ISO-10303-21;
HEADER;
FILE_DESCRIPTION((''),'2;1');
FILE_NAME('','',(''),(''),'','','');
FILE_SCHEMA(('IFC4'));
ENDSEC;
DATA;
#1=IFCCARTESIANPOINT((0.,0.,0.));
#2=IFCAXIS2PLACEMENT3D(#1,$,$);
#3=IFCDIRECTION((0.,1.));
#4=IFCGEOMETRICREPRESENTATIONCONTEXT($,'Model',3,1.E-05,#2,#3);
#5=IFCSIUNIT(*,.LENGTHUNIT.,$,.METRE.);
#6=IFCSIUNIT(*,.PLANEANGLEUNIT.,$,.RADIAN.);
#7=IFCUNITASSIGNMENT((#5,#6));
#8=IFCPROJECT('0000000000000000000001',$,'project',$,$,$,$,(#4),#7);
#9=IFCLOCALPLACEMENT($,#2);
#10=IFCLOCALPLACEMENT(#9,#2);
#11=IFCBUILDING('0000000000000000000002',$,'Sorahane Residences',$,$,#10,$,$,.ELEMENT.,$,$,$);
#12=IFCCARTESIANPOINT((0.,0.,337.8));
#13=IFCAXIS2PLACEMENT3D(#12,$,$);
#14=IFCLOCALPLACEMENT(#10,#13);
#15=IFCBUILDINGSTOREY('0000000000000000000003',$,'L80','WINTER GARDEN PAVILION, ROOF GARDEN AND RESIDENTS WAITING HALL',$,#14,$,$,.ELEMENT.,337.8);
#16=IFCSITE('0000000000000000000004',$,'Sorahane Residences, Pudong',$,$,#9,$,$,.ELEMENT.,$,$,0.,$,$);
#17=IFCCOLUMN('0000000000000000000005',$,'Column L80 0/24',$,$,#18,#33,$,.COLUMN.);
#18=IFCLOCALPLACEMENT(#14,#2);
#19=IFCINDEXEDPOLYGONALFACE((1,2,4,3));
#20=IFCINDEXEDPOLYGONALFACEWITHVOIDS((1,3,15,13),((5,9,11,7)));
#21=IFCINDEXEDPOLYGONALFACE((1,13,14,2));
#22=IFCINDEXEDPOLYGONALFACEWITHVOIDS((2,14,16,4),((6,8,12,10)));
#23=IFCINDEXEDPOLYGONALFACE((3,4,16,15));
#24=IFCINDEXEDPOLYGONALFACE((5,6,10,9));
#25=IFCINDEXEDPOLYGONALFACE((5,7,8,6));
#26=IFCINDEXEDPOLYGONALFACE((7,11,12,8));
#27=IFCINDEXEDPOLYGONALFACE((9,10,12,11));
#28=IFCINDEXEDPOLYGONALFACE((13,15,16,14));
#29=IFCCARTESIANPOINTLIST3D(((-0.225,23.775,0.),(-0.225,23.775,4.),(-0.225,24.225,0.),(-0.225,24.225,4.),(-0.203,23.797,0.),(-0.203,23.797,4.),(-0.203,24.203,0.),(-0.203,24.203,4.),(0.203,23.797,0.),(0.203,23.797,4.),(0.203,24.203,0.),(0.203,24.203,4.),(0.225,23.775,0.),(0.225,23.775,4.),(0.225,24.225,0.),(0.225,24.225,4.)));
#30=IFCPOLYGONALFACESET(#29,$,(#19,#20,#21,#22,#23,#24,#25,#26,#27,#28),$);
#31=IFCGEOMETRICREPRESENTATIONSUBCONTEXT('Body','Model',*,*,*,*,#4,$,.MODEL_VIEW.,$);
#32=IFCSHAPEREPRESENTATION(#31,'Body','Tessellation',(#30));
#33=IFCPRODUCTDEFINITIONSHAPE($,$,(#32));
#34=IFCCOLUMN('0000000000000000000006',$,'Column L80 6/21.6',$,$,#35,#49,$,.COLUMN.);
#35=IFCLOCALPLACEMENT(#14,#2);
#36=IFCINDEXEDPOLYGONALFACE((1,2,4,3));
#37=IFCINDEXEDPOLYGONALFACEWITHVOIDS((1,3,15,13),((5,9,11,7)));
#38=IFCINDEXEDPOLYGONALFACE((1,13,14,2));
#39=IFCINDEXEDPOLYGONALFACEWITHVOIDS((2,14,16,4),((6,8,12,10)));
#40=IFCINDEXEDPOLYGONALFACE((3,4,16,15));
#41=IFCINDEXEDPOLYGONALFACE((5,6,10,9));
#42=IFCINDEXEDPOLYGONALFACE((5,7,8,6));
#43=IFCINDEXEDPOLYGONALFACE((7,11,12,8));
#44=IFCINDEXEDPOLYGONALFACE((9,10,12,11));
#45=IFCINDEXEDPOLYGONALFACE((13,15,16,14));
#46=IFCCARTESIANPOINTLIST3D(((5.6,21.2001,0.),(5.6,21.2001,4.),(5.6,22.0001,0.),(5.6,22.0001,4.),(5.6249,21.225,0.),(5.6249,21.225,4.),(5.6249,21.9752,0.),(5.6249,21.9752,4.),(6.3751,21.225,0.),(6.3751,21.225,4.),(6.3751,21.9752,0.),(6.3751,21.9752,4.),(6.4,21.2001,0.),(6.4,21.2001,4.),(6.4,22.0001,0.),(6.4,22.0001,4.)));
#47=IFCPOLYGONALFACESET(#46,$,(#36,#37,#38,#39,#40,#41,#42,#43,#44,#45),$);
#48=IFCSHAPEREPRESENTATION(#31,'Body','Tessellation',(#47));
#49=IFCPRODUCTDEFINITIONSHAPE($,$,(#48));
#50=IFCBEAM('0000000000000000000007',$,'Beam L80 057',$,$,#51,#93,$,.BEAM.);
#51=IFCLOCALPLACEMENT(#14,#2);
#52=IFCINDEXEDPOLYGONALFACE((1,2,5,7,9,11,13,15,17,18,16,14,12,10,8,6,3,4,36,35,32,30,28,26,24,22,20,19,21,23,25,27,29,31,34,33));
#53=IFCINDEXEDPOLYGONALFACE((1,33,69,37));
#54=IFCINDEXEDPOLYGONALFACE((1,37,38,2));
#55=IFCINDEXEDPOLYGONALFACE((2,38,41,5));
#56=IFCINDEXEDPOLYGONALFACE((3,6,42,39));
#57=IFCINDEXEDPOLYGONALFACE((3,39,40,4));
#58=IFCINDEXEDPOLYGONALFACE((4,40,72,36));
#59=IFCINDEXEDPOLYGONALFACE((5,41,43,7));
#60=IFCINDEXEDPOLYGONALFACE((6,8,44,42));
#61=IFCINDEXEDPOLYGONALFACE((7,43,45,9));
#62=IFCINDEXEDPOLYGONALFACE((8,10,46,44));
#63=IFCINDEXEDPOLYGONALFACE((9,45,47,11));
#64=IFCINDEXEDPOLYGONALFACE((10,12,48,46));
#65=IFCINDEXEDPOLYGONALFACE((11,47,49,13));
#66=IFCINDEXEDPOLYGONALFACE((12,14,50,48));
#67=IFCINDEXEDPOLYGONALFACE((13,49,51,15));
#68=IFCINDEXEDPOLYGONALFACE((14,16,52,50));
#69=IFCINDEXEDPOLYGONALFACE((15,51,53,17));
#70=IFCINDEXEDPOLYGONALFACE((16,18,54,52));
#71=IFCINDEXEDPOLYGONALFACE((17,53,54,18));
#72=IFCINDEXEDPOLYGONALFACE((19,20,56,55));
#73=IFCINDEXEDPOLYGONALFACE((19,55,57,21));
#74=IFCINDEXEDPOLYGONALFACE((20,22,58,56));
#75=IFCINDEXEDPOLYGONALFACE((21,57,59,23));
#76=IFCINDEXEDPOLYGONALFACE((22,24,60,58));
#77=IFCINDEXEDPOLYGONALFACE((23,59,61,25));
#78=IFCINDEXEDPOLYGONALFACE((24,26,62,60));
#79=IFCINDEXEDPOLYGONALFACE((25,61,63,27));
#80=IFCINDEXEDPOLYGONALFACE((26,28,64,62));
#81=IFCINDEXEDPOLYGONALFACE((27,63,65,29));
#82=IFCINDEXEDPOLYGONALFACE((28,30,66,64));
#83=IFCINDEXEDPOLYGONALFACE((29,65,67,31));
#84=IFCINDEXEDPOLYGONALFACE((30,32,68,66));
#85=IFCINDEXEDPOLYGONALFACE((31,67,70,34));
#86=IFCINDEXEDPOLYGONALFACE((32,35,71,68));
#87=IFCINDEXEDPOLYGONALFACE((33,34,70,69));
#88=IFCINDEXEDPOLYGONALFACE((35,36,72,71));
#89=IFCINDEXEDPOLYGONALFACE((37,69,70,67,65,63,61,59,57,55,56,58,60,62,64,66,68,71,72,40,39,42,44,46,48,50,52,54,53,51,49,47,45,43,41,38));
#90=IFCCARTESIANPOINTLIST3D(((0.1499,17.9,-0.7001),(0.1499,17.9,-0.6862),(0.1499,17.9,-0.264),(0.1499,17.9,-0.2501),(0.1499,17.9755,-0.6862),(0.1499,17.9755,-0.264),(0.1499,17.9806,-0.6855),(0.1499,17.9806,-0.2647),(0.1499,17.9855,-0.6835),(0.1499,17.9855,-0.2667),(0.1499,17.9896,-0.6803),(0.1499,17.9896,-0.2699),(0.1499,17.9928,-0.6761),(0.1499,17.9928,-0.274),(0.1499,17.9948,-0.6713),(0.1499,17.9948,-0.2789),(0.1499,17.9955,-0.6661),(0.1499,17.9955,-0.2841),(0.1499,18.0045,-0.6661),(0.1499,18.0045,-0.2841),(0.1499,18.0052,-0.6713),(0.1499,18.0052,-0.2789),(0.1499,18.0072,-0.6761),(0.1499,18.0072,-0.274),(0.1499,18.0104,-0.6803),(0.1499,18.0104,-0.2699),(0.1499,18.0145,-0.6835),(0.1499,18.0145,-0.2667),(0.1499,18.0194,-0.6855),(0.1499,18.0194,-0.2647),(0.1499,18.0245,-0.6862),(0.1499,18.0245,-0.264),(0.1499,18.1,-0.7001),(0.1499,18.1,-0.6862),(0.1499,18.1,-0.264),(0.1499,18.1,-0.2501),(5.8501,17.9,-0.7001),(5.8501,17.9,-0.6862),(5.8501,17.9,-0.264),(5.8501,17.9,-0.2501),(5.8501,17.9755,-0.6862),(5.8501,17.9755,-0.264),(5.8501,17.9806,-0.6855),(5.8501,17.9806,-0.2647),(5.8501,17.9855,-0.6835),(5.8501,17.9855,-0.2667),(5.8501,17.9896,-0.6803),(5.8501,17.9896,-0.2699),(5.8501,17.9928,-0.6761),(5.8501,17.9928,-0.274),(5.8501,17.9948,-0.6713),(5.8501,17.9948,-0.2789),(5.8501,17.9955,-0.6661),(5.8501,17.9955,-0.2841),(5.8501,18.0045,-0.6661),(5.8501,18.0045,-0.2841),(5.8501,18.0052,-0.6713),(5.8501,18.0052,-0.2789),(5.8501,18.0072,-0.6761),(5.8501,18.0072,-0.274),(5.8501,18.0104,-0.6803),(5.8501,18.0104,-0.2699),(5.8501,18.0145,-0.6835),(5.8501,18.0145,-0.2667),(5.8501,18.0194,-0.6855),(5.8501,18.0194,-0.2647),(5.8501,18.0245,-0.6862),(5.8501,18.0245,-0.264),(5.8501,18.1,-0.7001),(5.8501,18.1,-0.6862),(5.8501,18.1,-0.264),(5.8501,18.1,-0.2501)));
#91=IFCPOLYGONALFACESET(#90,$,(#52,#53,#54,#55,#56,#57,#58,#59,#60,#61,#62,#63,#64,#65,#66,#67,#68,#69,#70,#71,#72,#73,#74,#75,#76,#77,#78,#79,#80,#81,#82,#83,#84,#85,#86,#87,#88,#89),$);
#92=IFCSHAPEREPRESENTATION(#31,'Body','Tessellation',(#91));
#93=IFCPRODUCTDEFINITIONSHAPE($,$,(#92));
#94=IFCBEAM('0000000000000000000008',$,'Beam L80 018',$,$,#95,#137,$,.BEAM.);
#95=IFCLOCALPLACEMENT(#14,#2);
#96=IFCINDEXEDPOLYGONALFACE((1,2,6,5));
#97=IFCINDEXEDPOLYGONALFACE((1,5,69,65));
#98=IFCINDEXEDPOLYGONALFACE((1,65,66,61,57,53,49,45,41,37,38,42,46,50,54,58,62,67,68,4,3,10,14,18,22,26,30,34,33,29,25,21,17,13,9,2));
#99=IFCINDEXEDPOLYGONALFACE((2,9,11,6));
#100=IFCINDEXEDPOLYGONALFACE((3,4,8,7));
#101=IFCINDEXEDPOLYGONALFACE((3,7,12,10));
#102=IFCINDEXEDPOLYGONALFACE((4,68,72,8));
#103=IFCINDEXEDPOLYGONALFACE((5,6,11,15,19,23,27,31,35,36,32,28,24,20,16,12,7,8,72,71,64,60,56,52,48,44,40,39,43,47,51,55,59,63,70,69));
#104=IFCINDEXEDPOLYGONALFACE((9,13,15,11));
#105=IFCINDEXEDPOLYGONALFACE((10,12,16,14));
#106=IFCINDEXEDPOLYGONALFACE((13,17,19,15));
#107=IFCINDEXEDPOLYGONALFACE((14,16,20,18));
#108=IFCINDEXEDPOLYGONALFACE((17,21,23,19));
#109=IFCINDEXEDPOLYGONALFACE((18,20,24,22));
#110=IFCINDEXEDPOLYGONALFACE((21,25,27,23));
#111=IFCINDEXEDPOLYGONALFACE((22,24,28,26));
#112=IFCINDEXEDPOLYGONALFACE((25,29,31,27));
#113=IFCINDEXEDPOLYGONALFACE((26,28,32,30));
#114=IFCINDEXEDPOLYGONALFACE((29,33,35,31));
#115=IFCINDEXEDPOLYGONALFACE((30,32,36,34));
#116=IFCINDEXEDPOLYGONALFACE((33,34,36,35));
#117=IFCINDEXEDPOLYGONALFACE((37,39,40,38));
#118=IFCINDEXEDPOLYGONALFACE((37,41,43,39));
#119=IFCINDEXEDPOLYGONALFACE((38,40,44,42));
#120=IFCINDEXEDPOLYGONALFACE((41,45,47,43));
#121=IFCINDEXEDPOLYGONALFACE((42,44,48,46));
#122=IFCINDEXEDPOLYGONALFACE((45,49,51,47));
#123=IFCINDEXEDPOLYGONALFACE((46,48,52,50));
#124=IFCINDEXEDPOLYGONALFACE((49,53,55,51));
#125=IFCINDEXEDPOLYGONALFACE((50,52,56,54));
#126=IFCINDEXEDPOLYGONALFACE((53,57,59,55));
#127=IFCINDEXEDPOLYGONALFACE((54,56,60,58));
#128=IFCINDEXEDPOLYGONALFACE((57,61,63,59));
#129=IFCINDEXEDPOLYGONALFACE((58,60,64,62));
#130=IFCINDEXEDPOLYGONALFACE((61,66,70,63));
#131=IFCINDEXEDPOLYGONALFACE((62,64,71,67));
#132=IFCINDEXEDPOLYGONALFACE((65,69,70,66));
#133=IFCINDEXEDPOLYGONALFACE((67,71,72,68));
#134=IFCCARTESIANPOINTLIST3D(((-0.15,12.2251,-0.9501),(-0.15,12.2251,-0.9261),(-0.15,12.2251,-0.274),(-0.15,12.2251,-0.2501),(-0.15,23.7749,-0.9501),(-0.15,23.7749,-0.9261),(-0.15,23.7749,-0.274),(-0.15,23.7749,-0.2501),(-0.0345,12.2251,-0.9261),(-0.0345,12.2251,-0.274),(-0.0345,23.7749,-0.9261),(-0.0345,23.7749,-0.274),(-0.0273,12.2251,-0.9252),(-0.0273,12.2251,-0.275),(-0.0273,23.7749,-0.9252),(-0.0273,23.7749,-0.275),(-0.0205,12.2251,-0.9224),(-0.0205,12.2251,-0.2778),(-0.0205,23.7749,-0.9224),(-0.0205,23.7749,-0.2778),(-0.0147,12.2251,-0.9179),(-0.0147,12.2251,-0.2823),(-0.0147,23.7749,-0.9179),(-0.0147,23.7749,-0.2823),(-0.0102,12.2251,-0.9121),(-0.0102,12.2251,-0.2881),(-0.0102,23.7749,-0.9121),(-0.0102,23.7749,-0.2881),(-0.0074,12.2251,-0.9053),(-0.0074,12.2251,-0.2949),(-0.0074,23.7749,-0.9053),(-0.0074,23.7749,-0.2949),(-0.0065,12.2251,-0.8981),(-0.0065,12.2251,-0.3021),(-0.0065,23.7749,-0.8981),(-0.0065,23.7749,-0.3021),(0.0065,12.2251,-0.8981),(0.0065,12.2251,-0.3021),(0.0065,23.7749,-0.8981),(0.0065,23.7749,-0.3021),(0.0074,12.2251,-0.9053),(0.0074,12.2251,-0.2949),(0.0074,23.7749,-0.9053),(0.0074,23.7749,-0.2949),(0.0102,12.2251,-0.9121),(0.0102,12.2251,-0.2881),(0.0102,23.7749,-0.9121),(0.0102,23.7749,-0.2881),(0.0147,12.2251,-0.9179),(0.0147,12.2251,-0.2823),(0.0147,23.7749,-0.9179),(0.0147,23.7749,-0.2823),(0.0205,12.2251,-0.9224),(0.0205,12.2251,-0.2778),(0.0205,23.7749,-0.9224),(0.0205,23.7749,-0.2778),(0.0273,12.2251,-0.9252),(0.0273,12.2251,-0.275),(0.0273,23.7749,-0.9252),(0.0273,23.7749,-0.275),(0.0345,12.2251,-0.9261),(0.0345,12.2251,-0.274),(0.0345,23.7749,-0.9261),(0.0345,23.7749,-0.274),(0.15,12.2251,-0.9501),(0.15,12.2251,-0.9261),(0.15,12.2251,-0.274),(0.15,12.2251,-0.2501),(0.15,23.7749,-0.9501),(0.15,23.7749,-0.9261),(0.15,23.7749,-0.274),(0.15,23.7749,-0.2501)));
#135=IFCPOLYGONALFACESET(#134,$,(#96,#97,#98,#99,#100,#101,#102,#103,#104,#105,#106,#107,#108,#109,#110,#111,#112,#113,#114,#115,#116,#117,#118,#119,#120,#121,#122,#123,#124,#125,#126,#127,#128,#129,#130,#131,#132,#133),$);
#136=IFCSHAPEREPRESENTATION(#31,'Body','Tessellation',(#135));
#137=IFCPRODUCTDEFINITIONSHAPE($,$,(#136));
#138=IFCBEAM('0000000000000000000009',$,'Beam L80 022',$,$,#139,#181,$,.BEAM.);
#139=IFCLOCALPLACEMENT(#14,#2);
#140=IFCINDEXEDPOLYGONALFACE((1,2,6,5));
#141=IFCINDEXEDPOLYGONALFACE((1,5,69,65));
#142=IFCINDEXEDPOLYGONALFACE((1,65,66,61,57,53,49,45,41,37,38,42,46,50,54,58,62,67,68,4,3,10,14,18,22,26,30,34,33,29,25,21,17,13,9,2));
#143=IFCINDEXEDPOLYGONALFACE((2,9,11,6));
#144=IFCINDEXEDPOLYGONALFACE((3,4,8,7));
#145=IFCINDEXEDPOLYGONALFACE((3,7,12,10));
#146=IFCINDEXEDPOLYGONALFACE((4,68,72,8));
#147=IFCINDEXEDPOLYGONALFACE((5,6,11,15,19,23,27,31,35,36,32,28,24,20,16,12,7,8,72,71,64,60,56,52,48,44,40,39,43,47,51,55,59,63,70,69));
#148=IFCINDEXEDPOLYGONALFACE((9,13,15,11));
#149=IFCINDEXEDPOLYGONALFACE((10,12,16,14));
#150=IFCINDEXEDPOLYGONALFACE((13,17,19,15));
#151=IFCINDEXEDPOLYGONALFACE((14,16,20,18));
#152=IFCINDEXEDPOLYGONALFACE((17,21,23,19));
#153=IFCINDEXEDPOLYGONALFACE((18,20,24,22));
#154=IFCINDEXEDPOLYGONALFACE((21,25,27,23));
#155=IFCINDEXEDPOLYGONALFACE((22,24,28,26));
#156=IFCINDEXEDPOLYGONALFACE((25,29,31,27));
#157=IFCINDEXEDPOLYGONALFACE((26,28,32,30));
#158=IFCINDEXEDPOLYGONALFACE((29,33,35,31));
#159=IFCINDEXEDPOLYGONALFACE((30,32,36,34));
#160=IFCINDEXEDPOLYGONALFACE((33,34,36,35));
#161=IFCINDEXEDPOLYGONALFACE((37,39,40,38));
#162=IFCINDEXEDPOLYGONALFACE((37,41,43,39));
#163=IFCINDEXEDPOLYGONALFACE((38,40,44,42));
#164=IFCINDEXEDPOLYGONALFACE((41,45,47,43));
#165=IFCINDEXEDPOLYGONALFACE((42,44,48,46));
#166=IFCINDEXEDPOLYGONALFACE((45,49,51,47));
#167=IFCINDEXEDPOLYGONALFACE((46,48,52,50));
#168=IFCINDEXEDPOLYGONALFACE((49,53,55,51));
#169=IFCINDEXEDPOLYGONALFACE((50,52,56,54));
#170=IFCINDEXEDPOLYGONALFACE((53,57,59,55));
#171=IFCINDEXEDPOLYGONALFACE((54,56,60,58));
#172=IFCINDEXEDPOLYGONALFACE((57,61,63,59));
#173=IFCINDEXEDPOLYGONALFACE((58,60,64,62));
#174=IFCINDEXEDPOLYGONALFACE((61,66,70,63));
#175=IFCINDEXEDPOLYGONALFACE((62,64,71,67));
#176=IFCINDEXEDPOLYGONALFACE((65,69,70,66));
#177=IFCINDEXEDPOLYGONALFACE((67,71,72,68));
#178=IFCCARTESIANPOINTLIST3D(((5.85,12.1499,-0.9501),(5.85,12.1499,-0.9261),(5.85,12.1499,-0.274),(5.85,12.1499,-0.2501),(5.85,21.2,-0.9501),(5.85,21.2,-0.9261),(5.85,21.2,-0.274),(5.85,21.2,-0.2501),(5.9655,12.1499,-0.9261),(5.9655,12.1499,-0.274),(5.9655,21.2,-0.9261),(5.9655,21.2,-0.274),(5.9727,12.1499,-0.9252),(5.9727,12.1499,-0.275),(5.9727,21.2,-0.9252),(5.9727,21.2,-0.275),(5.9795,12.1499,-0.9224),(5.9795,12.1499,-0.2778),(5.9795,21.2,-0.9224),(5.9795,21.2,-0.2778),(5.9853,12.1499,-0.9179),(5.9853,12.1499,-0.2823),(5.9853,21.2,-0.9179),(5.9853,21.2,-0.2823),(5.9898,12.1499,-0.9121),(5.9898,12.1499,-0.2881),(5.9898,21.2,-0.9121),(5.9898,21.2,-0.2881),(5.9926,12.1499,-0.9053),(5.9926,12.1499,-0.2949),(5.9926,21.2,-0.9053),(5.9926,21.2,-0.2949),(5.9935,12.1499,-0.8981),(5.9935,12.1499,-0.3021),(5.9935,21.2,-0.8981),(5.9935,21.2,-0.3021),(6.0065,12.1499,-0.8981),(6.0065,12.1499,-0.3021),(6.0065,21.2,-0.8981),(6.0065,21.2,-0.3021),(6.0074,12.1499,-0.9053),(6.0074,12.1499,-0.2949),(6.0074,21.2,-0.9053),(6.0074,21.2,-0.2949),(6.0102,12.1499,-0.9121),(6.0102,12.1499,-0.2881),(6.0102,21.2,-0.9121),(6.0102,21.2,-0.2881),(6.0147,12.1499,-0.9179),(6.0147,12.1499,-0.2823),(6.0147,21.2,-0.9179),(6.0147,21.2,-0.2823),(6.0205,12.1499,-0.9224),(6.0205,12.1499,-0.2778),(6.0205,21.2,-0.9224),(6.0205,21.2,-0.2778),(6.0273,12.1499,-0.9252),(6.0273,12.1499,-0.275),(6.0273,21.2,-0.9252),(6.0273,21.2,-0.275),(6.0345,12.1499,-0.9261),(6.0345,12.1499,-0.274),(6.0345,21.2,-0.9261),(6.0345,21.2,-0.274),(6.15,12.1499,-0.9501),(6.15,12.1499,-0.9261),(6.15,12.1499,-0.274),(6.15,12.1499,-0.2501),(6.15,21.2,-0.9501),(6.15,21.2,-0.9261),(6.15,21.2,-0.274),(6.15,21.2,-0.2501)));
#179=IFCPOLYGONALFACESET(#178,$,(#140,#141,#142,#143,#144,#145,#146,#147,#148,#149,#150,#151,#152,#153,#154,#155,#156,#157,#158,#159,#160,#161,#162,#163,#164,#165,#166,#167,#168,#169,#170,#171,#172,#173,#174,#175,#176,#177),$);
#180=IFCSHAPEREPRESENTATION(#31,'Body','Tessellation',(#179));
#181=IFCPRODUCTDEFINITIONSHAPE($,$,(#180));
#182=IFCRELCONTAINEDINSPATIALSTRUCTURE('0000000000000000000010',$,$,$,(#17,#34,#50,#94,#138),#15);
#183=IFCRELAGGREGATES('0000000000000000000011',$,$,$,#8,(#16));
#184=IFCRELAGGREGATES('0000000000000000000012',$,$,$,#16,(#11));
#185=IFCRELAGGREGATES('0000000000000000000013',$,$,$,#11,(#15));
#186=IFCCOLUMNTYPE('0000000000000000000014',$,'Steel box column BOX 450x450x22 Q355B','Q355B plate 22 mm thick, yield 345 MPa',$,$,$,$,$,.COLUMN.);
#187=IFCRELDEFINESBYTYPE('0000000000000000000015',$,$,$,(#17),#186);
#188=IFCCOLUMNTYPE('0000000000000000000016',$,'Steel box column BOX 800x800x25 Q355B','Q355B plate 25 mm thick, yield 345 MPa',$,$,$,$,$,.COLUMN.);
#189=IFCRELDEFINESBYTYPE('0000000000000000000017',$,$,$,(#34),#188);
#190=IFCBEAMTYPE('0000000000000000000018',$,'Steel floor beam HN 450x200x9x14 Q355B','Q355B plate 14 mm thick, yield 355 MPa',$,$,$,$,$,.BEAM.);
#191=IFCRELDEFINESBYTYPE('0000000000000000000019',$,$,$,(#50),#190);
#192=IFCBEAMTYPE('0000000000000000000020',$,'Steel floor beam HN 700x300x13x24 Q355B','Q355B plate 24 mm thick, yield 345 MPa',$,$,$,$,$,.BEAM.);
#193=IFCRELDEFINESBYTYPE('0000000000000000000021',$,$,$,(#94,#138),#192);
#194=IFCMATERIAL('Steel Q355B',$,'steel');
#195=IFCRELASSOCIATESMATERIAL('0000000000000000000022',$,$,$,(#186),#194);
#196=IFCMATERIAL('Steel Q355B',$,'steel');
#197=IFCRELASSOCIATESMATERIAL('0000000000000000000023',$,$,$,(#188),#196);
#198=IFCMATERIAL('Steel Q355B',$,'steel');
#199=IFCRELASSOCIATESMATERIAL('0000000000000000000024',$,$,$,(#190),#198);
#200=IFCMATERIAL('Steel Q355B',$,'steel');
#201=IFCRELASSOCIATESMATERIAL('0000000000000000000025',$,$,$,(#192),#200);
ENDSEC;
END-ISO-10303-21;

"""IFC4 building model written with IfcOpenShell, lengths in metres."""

from ifc_helpers import new_model, si_unit, direction, frame, origin, origin_2d, place, context, subcontext, project, spatial, hollow_rectangle, i_section, extrude, material, material_profile, profile_set, type_object, element, save


model = new_model("IFC4")

# Units and contexts
model_context = context("Model", 3, precision=1e-05, world=origin(), true_north=direction((0.0, 1.0)))
body_context = subcontext(model_context, "Body", "Model", "MODEL_VIEW")
ifc_project = project(units=[si_unit("LENGTHUNIT", "METRE"), si_unit("PLANEANGLEUNIT", "RADIAN")], contexts=[model_context])

# Site, building, storey
site_placement = place(None, origin())
site = spatial("IfcSite", under=ifc_project, at=site_placement, Name="Sorahane Residences, Pudong", CompositionType="ELEMENT", RefElevation=0.0)
building_placement = place(site_placement, origin())
building = spatial("IfcBuilding", under=site, at=building_placement, Name="Sorahane Residences", CompositionType="ELEMENT")
storey_placement = place(building_placement, frame((0.0, 0.0, 337.8)))
storey = spatial("IfcBuildingStorey", under=building, at=storey_placement, Name="L80", Description="WINTER GARDEN PAVILION, ROOF GARDEN AND RESIDENTS WAITING HALL", CompositionType="ELEMENT", Elevation=337.8)

# Columns
ifc_material_1 = material(Name="Steel Q355B", Category="steel")
ifc_material_profile_1 = material_profile(ifc_material_1, hollow_rectangle(XDim=0.45, YDim=0.45, WallThickness=0.022, at=origin_2d()), Name="BOX 450x450x22")
ifc_profile_set_1 = profile_set([ifc_material_profile_1], Name="Steel Q355B")
column_type_1 = type_object("IfcColumnType", Name="Steel box column BOX 450x450x22 Q355B", Description="Q355B plate 22 mm thick, yield 345 MPa", PredefinedType="COLUMN", material=ifc_profile_set_1)
column_1_placement = place(storey_placement, frame((0.0, 24.0, 0.0), z_axis=(0.0, 0.0, 1.0), x_axis=(1.0, 0.0, 0.0)))
element("IfcColumn", 1, at=column_1_placement, inside=storey, type_object=column_type_1, Name="Column L80 0/24", PredefinedType="COLUMN", context=body_context, shape_type="SweptSolid", body=[
    extrude(hollow_rectangle(XDim=0.45, YDim=0.45, WallThickness=0.022, at=origin_2d()), origin(), (0.0, 0.0, 1.0), 4.0),
])
ifc_material_2 = material(Name="Steel Q355B", Category="steel")
ifc_material_profile_2 = material_profile(ifc_material_2, hollow_rectangle(XDim=0.8, YDim=0.8, WallThickness=0.0249, at=origin_2d()), Name="BOX 800x800x25")
ifc_profile_set_2 = profile_set([ifc_material_profile_2], Name="Steel Q355B")
column_type_2 = type_object("IfcColumnType", Name="Steel box column BOX 800x800x25 Q355B", Description="Q355B plate 25 mm thick, yield 345 MPa", PredefinedType="COLUMN", material=ifc_profile_set_2)
column_2_placement = place(storey_placement, frame((6.0, 21.6001, 0.0), z_axis=(0.0, 0.0, 1.0), x_axis=(1.0, 0.0, 0.0)))
element("IfcColumn", 2, at=column_2_placement, inside=storey, type_object=column_type_2, Name="Column L80 6/21.6", PredefinedType="COLUMN", context=body_context, shape_type="SweptSolid", body=[
    extrude(hollow_rectangle(XDim=0.8, YDim=0.8, WallThickness=0.0249, at=origin_2d()), origin(), (0.0, 0.0, 1.0), 4.0),
])

# Beams
ifc_material_3 = material(Name="Steel Q355B", Category="steel")
ifc_material_profile_3 = material_profile(ifc_material_3, i_section(OverallWidth=0.2, OverallDepth=0.45, WebThickness=0.009, FlangeThickness=0.0139, FilletRadius=0.02, at=origin_2d()), Name="HN 450x200x9x14")
ifc_profile_set_3 = profile_set([ifc_material_profile_3], Name="Steel Q355B")
beam_type_1 = type_object("IfcBeamType", Name="Steel floor beam HN 450x200x9x14 Q355B", Description="Q355B plate 14 mm thick, yield 355 MPa", PredefinedType="BEAM", material=ifc_profile_set_3)
beam_1_placement = place(storey_placement, frame((0.1499, 18.0, -0.4751), z_axis=(1.0, 0.0, 0.0), x_axis=(0.0, 1.0, 0.0)))
element("IfcBeam", 3, at=beam_1_placement, inside=storey, type_object=beam_type_1, Name="Beam L80 057", PredefinedType="BEAM", context=body_context, shape_type="SweptSolid", body=[
    extrude(i_section(OverallWidth=0.2, OverallDepth=0.45, WebThickness=0.009, FlangeThickness=0.0139, FilletRadius=0.02, at=origin_2d()), origin(), (0.0, 0.0, 1.0), 5.7002),
])
ifc_material_4 = material(Name="Steel Q355B", Category="steel")
ifc_material_profile_4 = material_profile(ifc_material_4, i_section(OverallWidth=0.3, OverallDepth=0.7, WebThickness=0.0129, FlangeThickness=0.0239, FilletRadius=0.0281, at=origin_2d()), Name="HN 700x300x13x24")
ifc_profile_set_4 = profile_set([ifc_material_profile_4], Name="Steel Q355B")
beam_type_2 = type_object("IfcBeamType", Name="Steel floor beam HN 700x300x13x24 Q355B", Description="Q355B plate 24 mm thick, yield 345 MPa", PredefinedType="BEAM", material=ifc_profile_set_4)
beam_2_placement = place(storey_placement, frame((0.0, 12.2251, -0.6001), z_axis=(0.0, 1.0, 0.0), x_axis=(-1.0, 0.0, 0.0)))
element("IfcBeam", 4, at=beam_2_placement, inside=storey, type_object=beam_type_2, Name="Beam L80 018", PredefinedType="BEAM", context=body_context, shape_type="SweptSolid", body=[
    extrude(i_section(OverallWidth=0.3, OverallDepth=0.7, WebThickness=0.0129, FlangeThickness=0.0239, FilletRadius=0.0281, at=origin_2d()), origin(), (0.0, 0.0, 1.0), 11.5498),
])
beam_3_placement = place(storey_placement, frame((6.0, 12.1499, -0.6001), z_axis=(0.0, 1.0, 0.0), x_axis=(-1.0, 0.0, 0.0)))
element("IfcBeam", 5, at=beam_3_placement, inside=storey, type_object=beam_type_2, Name="Beam L80 022", PredefinedType="BEAM", context=body_context, shape_type="SweptSolid", body=[
    extrude(i_section(OverallWidth=0.3, OverallDepth=0.7, WebThickness=0.0129, FlangeThickness=0.0239, FilletRadius=0.0281, at=origin_2d()), origin(), (0.0, 0.0, 1.0), 9.05),
])

save(model, "model.ifc")
